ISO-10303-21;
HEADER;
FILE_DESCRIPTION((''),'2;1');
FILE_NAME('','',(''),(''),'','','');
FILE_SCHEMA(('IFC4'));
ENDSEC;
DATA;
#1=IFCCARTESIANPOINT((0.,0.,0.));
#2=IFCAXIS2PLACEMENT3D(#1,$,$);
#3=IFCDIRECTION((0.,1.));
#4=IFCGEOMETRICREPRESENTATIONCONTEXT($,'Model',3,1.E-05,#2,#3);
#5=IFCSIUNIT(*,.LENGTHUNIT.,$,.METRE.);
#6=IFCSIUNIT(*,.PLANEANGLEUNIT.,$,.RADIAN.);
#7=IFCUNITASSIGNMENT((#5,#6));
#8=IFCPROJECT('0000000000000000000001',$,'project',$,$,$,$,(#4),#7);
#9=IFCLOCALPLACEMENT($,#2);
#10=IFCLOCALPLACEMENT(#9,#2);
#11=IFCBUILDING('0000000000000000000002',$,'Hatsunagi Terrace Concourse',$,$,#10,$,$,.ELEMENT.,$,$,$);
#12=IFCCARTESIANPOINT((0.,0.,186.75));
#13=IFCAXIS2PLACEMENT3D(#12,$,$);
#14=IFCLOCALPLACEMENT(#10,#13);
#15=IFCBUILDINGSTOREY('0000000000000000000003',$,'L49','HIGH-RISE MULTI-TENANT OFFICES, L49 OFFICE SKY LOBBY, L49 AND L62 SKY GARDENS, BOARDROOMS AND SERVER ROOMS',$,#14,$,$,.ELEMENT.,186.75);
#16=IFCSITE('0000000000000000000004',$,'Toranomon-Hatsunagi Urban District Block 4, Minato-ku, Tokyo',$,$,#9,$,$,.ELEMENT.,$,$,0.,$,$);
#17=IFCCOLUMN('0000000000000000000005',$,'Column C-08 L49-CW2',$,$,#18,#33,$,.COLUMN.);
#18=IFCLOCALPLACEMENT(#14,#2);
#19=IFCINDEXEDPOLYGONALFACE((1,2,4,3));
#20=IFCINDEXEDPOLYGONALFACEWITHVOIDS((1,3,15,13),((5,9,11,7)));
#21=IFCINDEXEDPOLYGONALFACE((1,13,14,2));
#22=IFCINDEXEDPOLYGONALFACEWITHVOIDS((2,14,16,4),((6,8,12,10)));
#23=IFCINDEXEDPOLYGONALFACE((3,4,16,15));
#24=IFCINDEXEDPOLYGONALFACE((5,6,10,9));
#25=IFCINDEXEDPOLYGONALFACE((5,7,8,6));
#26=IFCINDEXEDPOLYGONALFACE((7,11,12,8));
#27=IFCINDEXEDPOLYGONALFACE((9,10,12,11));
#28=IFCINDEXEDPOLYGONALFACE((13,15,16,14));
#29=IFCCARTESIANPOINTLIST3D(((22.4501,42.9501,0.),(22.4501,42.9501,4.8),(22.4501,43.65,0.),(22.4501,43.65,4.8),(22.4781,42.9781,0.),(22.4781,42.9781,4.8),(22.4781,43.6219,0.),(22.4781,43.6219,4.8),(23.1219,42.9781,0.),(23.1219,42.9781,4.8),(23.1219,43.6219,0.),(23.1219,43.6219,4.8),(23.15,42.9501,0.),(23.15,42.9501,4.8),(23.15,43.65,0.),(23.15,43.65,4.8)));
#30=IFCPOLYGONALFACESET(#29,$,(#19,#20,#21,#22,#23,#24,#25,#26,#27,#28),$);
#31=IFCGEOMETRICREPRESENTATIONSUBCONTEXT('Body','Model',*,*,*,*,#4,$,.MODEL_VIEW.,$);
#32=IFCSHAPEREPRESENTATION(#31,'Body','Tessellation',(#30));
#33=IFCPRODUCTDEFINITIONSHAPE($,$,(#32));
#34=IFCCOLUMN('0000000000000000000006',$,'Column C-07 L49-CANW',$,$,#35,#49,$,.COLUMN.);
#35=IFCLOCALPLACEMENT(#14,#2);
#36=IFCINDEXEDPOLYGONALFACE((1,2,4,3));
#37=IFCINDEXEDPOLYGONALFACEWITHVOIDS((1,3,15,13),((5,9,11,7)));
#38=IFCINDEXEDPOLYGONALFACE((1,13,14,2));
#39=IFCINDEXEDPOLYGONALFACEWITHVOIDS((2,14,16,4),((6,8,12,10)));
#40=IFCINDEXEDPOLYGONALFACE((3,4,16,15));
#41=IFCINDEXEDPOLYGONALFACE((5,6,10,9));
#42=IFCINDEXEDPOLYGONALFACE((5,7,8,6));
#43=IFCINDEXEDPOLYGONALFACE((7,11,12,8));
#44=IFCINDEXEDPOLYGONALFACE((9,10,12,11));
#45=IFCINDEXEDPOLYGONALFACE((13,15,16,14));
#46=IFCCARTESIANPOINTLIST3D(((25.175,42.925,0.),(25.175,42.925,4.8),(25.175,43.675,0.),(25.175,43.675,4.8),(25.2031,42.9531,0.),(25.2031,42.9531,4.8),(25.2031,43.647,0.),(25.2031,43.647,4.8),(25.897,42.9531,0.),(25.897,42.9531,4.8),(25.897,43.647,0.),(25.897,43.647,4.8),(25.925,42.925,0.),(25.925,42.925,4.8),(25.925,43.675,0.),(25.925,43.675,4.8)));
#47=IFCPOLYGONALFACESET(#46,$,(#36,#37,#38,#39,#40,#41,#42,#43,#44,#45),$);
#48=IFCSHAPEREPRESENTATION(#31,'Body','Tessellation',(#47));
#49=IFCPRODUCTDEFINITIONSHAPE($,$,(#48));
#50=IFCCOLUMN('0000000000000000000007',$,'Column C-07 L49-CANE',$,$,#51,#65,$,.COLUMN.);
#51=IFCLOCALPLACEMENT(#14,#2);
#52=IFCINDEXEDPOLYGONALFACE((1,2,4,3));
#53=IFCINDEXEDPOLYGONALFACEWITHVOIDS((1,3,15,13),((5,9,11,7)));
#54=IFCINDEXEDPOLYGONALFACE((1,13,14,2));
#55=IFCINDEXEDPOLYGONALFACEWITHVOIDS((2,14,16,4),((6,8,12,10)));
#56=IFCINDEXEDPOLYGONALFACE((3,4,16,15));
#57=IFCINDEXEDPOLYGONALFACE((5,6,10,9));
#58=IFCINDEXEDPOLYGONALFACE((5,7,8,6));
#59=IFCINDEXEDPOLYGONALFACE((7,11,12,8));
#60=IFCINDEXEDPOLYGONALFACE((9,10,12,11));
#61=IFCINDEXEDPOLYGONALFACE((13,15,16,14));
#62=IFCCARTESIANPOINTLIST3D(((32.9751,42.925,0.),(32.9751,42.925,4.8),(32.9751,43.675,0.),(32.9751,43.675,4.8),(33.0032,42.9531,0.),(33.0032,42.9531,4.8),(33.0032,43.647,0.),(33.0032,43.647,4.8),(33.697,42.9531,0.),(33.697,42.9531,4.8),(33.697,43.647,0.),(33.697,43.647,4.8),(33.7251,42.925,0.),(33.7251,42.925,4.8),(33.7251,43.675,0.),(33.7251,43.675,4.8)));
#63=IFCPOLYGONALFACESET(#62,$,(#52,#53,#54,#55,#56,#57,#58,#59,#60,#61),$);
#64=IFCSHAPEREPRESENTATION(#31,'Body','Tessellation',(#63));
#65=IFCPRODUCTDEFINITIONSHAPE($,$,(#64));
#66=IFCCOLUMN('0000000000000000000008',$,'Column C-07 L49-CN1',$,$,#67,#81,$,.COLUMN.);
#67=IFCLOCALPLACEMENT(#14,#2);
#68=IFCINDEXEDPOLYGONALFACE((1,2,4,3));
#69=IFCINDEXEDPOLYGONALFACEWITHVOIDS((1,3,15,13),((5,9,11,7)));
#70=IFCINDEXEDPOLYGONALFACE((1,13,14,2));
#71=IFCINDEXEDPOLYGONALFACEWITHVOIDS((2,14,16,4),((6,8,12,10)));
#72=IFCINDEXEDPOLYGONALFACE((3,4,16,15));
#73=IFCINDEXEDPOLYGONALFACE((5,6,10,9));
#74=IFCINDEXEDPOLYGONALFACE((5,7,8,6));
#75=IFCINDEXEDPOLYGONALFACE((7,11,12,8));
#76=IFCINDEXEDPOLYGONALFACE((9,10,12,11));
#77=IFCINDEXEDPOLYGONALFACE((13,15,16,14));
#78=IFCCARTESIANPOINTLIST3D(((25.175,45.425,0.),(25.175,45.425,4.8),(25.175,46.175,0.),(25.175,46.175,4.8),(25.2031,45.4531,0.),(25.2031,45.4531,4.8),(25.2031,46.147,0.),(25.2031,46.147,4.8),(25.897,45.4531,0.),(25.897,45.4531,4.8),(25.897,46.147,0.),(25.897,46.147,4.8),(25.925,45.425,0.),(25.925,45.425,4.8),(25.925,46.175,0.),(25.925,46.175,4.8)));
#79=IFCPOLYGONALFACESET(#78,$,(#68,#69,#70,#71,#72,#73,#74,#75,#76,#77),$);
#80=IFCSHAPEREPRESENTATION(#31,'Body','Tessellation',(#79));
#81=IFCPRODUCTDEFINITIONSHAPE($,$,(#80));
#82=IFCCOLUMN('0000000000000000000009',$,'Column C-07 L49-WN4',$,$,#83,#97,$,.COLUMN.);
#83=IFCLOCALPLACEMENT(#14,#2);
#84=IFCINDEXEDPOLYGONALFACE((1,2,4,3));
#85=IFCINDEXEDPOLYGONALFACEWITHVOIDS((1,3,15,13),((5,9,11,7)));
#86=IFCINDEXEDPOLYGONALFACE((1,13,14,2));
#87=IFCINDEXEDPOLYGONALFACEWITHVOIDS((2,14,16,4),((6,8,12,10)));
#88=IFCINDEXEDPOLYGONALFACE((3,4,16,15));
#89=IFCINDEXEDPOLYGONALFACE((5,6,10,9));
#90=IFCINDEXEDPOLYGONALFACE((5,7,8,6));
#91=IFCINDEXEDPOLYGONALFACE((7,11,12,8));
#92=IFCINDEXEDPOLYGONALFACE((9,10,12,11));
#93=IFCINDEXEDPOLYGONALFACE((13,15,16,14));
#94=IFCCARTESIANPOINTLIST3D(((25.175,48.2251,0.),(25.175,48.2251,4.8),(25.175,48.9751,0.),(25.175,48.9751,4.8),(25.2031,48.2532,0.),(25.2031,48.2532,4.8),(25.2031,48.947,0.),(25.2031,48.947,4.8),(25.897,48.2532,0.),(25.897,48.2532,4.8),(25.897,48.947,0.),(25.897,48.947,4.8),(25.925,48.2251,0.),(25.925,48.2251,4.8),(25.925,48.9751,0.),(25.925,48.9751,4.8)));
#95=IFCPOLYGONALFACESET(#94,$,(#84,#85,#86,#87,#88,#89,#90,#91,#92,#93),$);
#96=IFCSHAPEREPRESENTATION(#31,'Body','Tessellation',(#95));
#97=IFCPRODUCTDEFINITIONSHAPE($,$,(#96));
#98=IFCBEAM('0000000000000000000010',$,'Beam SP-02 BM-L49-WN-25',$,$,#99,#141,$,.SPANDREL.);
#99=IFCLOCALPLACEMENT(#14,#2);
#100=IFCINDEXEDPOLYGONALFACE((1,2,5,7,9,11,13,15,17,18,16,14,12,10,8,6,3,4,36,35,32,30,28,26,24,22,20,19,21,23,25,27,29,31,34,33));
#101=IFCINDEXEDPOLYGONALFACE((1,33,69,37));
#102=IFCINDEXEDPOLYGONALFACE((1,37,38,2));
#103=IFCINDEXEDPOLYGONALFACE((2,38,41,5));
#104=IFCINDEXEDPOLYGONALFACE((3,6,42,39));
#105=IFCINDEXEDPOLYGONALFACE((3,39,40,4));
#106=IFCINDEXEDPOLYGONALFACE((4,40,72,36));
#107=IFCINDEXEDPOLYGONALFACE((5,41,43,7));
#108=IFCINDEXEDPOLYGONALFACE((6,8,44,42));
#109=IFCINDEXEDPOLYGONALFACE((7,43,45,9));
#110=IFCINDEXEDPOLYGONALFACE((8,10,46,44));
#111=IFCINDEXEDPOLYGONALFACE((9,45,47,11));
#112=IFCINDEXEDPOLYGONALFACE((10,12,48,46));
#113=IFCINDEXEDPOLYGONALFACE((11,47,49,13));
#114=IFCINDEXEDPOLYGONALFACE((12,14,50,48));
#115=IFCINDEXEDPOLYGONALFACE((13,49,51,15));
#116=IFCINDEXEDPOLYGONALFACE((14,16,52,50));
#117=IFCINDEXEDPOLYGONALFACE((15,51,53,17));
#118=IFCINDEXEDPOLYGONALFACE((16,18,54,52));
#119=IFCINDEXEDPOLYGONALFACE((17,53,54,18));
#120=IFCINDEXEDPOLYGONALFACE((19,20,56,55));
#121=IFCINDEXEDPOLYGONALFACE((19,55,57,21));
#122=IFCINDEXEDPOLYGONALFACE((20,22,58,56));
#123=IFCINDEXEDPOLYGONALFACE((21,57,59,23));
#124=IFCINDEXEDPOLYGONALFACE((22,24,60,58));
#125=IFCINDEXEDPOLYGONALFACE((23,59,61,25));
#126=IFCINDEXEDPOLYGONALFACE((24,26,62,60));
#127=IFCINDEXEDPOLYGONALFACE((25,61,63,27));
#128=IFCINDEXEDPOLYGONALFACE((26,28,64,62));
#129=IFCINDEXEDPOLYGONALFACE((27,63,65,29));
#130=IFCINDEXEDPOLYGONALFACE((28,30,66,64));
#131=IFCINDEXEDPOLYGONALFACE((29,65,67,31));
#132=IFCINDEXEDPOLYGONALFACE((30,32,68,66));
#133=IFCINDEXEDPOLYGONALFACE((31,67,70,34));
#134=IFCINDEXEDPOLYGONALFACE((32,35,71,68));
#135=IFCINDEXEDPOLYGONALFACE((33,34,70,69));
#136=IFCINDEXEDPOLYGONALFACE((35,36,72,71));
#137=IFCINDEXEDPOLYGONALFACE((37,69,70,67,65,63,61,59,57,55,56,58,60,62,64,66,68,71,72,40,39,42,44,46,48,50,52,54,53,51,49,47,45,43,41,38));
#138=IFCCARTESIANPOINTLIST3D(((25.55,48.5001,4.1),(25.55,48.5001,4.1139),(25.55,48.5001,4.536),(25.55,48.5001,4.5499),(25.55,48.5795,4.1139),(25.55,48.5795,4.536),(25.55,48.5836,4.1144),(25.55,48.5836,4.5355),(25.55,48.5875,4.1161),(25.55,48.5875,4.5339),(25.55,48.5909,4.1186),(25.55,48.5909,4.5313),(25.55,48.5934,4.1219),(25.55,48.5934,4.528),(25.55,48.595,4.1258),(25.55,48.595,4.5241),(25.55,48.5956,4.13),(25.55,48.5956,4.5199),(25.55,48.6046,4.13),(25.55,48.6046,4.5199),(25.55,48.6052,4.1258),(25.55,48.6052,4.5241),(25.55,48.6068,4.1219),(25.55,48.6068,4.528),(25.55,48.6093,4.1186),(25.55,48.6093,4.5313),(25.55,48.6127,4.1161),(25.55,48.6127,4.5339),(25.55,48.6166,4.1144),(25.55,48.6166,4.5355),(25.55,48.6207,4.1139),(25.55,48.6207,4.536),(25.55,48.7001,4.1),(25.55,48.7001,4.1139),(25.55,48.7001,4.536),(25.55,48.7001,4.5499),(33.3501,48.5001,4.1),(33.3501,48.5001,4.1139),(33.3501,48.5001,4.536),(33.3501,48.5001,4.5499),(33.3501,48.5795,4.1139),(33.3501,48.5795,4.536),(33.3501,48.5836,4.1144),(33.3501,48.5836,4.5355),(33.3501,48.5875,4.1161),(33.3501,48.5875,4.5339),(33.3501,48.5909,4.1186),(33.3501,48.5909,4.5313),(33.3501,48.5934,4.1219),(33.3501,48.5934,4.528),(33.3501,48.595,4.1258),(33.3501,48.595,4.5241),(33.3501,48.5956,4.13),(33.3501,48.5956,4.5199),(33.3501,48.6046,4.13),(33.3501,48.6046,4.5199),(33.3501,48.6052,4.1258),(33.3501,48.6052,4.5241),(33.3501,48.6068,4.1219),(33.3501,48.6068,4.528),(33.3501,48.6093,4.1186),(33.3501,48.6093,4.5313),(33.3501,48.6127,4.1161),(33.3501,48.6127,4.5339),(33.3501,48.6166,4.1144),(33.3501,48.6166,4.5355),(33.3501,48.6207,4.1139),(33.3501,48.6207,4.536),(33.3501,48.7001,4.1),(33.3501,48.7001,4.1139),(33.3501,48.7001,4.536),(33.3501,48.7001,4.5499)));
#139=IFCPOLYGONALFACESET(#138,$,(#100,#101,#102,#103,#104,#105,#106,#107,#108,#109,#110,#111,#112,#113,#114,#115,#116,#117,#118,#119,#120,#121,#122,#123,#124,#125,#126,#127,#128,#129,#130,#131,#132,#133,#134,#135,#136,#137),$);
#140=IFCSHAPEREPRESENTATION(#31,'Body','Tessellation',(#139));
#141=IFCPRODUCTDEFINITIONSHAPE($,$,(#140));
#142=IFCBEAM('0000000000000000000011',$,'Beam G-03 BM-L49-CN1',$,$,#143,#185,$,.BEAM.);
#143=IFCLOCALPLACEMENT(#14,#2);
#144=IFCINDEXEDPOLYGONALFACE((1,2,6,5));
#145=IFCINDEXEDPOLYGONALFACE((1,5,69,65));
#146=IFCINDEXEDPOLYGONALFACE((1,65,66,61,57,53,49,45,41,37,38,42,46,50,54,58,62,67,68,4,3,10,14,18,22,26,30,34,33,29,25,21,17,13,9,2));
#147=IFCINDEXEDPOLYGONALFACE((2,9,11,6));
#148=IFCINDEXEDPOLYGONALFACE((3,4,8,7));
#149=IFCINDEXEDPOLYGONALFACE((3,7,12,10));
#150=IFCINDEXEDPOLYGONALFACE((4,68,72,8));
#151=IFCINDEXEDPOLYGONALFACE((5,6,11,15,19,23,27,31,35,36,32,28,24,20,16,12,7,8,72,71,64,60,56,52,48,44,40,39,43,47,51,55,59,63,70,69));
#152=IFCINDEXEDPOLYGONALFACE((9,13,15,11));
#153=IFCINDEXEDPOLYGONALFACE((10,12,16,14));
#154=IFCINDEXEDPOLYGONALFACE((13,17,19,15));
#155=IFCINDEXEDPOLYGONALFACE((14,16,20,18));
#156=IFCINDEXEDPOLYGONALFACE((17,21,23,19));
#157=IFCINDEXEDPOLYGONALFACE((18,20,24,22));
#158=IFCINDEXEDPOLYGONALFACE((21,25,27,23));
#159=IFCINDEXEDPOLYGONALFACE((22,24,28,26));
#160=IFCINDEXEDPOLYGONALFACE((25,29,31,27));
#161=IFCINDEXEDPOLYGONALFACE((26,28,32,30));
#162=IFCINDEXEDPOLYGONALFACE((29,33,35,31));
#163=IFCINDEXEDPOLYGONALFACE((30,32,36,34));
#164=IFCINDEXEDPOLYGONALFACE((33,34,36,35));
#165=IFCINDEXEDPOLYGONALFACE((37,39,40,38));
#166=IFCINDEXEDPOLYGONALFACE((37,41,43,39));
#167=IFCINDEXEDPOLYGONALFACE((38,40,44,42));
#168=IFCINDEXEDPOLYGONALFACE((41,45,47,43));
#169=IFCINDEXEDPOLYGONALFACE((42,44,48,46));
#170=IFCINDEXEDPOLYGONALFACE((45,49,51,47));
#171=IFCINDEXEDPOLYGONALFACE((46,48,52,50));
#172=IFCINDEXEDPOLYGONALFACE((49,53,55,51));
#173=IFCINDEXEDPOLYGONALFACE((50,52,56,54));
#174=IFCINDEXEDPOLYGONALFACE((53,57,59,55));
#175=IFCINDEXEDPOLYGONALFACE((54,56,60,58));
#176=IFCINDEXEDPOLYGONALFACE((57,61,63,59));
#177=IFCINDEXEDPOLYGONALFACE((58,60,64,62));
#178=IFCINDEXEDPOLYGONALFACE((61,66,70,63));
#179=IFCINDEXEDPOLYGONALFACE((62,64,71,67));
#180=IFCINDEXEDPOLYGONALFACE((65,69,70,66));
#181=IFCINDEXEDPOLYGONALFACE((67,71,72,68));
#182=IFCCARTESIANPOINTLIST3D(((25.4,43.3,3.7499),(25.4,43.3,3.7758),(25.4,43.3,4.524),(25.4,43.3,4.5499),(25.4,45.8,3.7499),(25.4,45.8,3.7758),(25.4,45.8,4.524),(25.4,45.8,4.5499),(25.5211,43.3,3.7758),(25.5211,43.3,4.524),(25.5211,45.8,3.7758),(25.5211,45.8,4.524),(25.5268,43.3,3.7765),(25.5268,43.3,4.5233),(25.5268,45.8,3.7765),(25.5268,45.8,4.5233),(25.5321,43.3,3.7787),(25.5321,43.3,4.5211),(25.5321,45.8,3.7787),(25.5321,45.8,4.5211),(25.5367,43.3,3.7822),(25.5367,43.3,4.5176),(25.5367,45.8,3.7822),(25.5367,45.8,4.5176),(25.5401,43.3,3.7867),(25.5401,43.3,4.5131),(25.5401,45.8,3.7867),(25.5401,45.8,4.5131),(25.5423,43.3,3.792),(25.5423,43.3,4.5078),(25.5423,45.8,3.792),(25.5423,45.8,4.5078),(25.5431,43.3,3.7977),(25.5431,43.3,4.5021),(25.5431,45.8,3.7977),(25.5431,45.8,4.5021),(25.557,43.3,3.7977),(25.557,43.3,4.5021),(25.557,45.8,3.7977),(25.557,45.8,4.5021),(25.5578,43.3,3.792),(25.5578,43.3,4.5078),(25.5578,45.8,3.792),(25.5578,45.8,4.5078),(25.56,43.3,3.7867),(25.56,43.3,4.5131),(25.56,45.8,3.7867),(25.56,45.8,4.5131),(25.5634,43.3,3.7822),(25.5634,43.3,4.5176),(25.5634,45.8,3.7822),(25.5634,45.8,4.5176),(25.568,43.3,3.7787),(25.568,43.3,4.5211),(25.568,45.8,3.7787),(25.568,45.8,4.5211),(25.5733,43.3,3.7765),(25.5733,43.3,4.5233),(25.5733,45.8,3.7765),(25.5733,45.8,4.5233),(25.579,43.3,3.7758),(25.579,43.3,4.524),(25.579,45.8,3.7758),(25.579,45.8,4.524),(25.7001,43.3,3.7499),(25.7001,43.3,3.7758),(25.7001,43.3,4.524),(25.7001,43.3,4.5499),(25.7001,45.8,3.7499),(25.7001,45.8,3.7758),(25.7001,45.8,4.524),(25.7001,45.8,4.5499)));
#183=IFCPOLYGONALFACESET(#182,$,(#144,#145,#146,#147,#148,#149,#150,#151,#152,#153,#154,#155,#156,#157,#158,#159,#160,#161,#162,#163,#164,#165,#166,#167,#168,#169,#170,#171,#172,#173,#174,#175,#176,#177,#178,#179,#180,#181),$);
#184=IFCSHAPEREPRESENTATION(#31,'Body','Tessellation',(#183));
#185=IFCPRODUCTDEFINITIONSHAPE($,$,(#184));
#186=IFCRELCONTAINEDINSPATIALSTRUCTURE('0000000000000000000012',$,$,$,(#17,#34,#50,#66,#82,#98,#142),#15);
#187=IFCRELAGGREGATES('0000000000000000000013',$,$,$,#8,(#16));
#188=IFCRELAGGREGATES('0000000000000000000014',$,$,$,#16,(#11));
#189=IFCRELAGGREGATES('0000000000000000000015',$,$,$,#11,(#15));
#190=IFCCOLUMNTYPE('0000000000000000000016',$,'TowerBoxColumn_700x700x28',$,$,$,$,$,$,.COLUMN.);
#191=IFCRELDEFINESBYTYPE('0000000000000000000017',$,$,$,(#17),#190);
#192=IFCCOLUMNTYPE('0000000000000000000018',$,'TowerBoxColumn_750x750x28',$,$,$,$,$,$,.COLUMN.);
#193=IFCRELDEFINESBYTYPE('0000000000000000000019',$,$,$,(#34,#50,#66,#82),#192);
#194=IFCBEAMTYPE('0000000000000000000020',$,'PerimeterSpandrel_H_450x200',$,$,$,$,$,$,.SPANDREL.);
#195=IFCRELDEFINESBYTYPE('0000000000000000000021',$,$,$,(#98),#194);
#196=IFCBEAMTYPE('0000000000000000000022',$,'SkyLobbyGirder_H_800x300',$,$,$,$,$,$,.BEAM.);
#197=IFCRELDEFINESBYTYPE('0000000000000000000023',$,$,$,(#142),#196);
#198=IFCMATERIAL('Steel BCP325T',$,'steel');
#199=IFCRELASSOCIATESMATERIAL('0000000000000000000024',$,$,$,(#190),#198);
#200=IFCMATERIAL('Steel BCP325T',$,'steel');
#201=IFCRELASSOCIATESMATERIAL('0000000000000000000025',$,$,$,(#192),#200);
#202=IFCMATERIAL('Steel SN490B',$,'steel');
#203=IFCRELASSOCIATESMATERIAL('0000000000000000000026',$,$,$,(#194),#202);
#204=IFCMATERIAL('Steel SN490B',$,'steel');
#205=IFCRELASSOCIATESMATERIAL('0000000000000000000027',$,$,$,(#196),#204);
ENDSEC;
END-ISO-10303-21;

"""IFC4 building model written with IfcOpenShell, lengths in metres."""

from ifc_helpers import new_model, si_unit, direction, frame, origin, origin_2d, place, context, subcontext, project, spatial, hollow_rectangle, i_section, extrude, material, material_profile, profile_set, type_object, element, save


model = new_model("IFC4")

# Units and contexts
model_context = context("Model", 3, precision=1e-05, world=origin(), true_north=direction((0.0, 1.0)))
body_context = subcontext(model_context, "Body", "Model", "MODEL_VIEW")
ifc_project = project(units=[si_unit("LENGTHUNIT", "METRE"), si_unit("PLANEANGLEUNIT", "RADIAN")], contexts=[model_context])

# Site, building, storey
site_placement = place(None, origin())
site = spatial("IfcSite", under=ifc_project, at=site_placement, Name="Toranomon-Hatsunagi Urban District Block 4, Minato-ku, Tokyo", CompositionType="ELEMENT", RefElevation=0.0)
building_placement = place(site_placement, origin())
building = spatial("IfcBuilding", under=site, at=building_placement, Name="Hatsunagi Terrace Concourse", CompositionType="ELEMENT")
storey_placement = place(building_placement, frame((0.0, 0.0, 186.75)))
storey = spatial("IfcBuildingStorey", under=building, at=storey_placement, Name="L49", Description="HIGH-RISE MULTI-TENANT OFFICES, L49 OFFICE SKY LOBBY, L49 AND L62 SKY GARDENS, BOARDROOMS AND SERVER ROOMS", CompositionType="ELEMENT", Elevation=186.75)

# Columns
ifc_material_1 = material(Name="Steel BCP325T", Category="steel")
ifc_material_profile_1 = material_profile(ifc_material_1, hollow_rectangle(XDim=0.7, YDim=0.7, WallThickness=0.0281, at=origin_2d()), Name="BCP-700x700x28")
ifc_profile_set_1 = profile_set([ifc_material_profile_1], Name="Steel BCP325T")
column_type_1 = type_object("IfcColumnType", Name="TowerBoxColumn_700x700x28", PredefinedType="COLUMN", material=ifc_profile_set_1)
column_placement = place(storey_placement, frame((22.8, 43.3, 0.0), z_axis=(0.0, 0.0, 1.0), x_axis=(1.0, 0.0, 0.0)))
element("IfcColumn", 1, at=column_placement, inside=storey, type_object=column_type_1, Name="Column C-08 L49-CW2", PredefinedType="COLUMN", context=body_context, shape_type="SweptSolid", body=[
    extrude(hollow_rectangle(XDim=0.7, YDim=0.7, WallThickness=0.0281, at=origin_2d()), origin(), (0.0, 0.0, 1.0), 4.8),
])
ifc_material_2 = material(Name="Steel BCP325T", Category="steel")
ifc_material_profile_2 = material_profile(ifc_material_2, hollow_rectangle(XDim=0.75, YDim=0.75, WallThickness=0.0281, at=origin_2d()), Name="BCP-750x750x28")
ifc_profile_set_2 = profile_set([ifc_material_profile_2], Name="Steel BCP325T")
column_type_2 = type_object("IfcColumnType", Name="TowerBoxColumn_750x750x28", PredefinedType="COLUMN", material=ifc_profile_set_2)
for number, where, z_axis, x_axis, name in (
    (2, (25.55, 43.3, 0.0), (0.0, 0.0, 1.0), (1.0, 0.0, 0.0), "Column C-07 L49-CANW"),
    (3, (33.3501, 43.3, 0.0), (0.0, 0.0, 1.0), (1.0, 0.0, 0.0), "Column C-07 L49-CANE"),
    (4, (25.55, 45.8, 0.0), (0.0, 0.0, 1.0), (1.0, 0.0, 0.0), "Column C-07 L49-CN1"),
    (5, (25.55, 48.6001, 0.0), (0.0, 0.0, 1.0), (1.0, 0.0, 0.0), "Column C-07 L49-WN4"),
):
    element("IfcColumn", number, at=place(storey_placement, frame(where, z_axis=z_axis, x_axis=x_axis)), inside=storey, type_object=column_type_2, Name=name, PredefinedType="COLUMN", context=body_context, shape_type="SweptSolid", body=[
        extrude(hollow_rectangle(XDim=0.75, YDim=0.75, WallThickness=0.0281, at=origin_2d()), origin(), (0.0, 0.0, 1.0), 4.8),
    ])

# Beams
ifc_material_3 = material(Name="Steel SN490B", Category="steel")
ifc_material_profile_3 = material_profile(ifc_material_3, i_section(OverallWidth=0.2, OverallDepth=0.45, WebThickness=0.009, FlangeThickness=0.0139, FilletRadius=0.0161, at=origin_2d()), Name="H-450x200x9x14")
ifc_profile_set_3 = profile_set([ifc_material_profile_3], Name="Steel SN490B")
beam_type_1 = type_object("IfcBeamType", Name="PerimeterSpandrel_H_450x200", PredefinedType="SPANDREL", material=ifc_profile_set_3)
beam_1_placement = place(storey_placement, frame((25.55, 48.6001, 4.325), z_axis=(1.0, 0.0, 0.0), x_axis=(0.0, 1.0, 0.0)))
element("IfcBeam", 6, at=beam_1_placement, inside=storey, type_object=beam_type_1, Name="Beam SP-02 BM-L49-WN-25", PredefinedType="SPANDREL", context=body_context, shape_type="SweptSolid", body=[
    extrude(i_section(OverallWidth=0.2, OverallDepth=0.45, WebThickness=0.009, FlangeThickness=0.0139, FilletRadius=0.0161, at=origin_2d()), origin(), (0.0, 0.0, 1.0), 7.8),
])
ifc_material_4 = material(Name="Steel SN490B", Category="steel")
ifc_material_profile_4 = material_profile(ifc_material_4, i_section(OverallWidth=0.3, OverallDepth=0.8, WebThickness=0.0139, FlangeThickness=0.0259, FilletRadius=0.022, at=origin_2d()), Name="H-800x300x14x26")
ifc_profile_set_4 = profile_set([ifc_material_profile_4], Name="Steel SN490B")
beam_type_2 = type_object("IfcBeamType", Name="SkyLobbyGirder_H_800x300", PredefinedType="BEAM", material=ifc_profile_set_4)
beam_2_placement = place(storey_placement, frame((25.55, 43.3, 4.1499), z_axis=(0.0, 1.0, 0.0), x_axis=(-1.0, 0.0, 0.0)))
element("IfcBeam", 7, at=beam_2_placement, inside=storey, type_object=beam_type_2, Name="Beam G-03 BM-L49-CN1", PredefinedType="BEAM", context=body_context, shape_type="SweptSolid", body=[
    extrude(i_section(OverallWidth=0.3, OverallDepth=0.8, WebThickness=0.0139, FlangeThickness=0.0259, FilletRadius=0.022, at=origin_2d()), origin(), (0.0, 0.0, 1.0), 2.5),
])

save(model, "model.ifc")
